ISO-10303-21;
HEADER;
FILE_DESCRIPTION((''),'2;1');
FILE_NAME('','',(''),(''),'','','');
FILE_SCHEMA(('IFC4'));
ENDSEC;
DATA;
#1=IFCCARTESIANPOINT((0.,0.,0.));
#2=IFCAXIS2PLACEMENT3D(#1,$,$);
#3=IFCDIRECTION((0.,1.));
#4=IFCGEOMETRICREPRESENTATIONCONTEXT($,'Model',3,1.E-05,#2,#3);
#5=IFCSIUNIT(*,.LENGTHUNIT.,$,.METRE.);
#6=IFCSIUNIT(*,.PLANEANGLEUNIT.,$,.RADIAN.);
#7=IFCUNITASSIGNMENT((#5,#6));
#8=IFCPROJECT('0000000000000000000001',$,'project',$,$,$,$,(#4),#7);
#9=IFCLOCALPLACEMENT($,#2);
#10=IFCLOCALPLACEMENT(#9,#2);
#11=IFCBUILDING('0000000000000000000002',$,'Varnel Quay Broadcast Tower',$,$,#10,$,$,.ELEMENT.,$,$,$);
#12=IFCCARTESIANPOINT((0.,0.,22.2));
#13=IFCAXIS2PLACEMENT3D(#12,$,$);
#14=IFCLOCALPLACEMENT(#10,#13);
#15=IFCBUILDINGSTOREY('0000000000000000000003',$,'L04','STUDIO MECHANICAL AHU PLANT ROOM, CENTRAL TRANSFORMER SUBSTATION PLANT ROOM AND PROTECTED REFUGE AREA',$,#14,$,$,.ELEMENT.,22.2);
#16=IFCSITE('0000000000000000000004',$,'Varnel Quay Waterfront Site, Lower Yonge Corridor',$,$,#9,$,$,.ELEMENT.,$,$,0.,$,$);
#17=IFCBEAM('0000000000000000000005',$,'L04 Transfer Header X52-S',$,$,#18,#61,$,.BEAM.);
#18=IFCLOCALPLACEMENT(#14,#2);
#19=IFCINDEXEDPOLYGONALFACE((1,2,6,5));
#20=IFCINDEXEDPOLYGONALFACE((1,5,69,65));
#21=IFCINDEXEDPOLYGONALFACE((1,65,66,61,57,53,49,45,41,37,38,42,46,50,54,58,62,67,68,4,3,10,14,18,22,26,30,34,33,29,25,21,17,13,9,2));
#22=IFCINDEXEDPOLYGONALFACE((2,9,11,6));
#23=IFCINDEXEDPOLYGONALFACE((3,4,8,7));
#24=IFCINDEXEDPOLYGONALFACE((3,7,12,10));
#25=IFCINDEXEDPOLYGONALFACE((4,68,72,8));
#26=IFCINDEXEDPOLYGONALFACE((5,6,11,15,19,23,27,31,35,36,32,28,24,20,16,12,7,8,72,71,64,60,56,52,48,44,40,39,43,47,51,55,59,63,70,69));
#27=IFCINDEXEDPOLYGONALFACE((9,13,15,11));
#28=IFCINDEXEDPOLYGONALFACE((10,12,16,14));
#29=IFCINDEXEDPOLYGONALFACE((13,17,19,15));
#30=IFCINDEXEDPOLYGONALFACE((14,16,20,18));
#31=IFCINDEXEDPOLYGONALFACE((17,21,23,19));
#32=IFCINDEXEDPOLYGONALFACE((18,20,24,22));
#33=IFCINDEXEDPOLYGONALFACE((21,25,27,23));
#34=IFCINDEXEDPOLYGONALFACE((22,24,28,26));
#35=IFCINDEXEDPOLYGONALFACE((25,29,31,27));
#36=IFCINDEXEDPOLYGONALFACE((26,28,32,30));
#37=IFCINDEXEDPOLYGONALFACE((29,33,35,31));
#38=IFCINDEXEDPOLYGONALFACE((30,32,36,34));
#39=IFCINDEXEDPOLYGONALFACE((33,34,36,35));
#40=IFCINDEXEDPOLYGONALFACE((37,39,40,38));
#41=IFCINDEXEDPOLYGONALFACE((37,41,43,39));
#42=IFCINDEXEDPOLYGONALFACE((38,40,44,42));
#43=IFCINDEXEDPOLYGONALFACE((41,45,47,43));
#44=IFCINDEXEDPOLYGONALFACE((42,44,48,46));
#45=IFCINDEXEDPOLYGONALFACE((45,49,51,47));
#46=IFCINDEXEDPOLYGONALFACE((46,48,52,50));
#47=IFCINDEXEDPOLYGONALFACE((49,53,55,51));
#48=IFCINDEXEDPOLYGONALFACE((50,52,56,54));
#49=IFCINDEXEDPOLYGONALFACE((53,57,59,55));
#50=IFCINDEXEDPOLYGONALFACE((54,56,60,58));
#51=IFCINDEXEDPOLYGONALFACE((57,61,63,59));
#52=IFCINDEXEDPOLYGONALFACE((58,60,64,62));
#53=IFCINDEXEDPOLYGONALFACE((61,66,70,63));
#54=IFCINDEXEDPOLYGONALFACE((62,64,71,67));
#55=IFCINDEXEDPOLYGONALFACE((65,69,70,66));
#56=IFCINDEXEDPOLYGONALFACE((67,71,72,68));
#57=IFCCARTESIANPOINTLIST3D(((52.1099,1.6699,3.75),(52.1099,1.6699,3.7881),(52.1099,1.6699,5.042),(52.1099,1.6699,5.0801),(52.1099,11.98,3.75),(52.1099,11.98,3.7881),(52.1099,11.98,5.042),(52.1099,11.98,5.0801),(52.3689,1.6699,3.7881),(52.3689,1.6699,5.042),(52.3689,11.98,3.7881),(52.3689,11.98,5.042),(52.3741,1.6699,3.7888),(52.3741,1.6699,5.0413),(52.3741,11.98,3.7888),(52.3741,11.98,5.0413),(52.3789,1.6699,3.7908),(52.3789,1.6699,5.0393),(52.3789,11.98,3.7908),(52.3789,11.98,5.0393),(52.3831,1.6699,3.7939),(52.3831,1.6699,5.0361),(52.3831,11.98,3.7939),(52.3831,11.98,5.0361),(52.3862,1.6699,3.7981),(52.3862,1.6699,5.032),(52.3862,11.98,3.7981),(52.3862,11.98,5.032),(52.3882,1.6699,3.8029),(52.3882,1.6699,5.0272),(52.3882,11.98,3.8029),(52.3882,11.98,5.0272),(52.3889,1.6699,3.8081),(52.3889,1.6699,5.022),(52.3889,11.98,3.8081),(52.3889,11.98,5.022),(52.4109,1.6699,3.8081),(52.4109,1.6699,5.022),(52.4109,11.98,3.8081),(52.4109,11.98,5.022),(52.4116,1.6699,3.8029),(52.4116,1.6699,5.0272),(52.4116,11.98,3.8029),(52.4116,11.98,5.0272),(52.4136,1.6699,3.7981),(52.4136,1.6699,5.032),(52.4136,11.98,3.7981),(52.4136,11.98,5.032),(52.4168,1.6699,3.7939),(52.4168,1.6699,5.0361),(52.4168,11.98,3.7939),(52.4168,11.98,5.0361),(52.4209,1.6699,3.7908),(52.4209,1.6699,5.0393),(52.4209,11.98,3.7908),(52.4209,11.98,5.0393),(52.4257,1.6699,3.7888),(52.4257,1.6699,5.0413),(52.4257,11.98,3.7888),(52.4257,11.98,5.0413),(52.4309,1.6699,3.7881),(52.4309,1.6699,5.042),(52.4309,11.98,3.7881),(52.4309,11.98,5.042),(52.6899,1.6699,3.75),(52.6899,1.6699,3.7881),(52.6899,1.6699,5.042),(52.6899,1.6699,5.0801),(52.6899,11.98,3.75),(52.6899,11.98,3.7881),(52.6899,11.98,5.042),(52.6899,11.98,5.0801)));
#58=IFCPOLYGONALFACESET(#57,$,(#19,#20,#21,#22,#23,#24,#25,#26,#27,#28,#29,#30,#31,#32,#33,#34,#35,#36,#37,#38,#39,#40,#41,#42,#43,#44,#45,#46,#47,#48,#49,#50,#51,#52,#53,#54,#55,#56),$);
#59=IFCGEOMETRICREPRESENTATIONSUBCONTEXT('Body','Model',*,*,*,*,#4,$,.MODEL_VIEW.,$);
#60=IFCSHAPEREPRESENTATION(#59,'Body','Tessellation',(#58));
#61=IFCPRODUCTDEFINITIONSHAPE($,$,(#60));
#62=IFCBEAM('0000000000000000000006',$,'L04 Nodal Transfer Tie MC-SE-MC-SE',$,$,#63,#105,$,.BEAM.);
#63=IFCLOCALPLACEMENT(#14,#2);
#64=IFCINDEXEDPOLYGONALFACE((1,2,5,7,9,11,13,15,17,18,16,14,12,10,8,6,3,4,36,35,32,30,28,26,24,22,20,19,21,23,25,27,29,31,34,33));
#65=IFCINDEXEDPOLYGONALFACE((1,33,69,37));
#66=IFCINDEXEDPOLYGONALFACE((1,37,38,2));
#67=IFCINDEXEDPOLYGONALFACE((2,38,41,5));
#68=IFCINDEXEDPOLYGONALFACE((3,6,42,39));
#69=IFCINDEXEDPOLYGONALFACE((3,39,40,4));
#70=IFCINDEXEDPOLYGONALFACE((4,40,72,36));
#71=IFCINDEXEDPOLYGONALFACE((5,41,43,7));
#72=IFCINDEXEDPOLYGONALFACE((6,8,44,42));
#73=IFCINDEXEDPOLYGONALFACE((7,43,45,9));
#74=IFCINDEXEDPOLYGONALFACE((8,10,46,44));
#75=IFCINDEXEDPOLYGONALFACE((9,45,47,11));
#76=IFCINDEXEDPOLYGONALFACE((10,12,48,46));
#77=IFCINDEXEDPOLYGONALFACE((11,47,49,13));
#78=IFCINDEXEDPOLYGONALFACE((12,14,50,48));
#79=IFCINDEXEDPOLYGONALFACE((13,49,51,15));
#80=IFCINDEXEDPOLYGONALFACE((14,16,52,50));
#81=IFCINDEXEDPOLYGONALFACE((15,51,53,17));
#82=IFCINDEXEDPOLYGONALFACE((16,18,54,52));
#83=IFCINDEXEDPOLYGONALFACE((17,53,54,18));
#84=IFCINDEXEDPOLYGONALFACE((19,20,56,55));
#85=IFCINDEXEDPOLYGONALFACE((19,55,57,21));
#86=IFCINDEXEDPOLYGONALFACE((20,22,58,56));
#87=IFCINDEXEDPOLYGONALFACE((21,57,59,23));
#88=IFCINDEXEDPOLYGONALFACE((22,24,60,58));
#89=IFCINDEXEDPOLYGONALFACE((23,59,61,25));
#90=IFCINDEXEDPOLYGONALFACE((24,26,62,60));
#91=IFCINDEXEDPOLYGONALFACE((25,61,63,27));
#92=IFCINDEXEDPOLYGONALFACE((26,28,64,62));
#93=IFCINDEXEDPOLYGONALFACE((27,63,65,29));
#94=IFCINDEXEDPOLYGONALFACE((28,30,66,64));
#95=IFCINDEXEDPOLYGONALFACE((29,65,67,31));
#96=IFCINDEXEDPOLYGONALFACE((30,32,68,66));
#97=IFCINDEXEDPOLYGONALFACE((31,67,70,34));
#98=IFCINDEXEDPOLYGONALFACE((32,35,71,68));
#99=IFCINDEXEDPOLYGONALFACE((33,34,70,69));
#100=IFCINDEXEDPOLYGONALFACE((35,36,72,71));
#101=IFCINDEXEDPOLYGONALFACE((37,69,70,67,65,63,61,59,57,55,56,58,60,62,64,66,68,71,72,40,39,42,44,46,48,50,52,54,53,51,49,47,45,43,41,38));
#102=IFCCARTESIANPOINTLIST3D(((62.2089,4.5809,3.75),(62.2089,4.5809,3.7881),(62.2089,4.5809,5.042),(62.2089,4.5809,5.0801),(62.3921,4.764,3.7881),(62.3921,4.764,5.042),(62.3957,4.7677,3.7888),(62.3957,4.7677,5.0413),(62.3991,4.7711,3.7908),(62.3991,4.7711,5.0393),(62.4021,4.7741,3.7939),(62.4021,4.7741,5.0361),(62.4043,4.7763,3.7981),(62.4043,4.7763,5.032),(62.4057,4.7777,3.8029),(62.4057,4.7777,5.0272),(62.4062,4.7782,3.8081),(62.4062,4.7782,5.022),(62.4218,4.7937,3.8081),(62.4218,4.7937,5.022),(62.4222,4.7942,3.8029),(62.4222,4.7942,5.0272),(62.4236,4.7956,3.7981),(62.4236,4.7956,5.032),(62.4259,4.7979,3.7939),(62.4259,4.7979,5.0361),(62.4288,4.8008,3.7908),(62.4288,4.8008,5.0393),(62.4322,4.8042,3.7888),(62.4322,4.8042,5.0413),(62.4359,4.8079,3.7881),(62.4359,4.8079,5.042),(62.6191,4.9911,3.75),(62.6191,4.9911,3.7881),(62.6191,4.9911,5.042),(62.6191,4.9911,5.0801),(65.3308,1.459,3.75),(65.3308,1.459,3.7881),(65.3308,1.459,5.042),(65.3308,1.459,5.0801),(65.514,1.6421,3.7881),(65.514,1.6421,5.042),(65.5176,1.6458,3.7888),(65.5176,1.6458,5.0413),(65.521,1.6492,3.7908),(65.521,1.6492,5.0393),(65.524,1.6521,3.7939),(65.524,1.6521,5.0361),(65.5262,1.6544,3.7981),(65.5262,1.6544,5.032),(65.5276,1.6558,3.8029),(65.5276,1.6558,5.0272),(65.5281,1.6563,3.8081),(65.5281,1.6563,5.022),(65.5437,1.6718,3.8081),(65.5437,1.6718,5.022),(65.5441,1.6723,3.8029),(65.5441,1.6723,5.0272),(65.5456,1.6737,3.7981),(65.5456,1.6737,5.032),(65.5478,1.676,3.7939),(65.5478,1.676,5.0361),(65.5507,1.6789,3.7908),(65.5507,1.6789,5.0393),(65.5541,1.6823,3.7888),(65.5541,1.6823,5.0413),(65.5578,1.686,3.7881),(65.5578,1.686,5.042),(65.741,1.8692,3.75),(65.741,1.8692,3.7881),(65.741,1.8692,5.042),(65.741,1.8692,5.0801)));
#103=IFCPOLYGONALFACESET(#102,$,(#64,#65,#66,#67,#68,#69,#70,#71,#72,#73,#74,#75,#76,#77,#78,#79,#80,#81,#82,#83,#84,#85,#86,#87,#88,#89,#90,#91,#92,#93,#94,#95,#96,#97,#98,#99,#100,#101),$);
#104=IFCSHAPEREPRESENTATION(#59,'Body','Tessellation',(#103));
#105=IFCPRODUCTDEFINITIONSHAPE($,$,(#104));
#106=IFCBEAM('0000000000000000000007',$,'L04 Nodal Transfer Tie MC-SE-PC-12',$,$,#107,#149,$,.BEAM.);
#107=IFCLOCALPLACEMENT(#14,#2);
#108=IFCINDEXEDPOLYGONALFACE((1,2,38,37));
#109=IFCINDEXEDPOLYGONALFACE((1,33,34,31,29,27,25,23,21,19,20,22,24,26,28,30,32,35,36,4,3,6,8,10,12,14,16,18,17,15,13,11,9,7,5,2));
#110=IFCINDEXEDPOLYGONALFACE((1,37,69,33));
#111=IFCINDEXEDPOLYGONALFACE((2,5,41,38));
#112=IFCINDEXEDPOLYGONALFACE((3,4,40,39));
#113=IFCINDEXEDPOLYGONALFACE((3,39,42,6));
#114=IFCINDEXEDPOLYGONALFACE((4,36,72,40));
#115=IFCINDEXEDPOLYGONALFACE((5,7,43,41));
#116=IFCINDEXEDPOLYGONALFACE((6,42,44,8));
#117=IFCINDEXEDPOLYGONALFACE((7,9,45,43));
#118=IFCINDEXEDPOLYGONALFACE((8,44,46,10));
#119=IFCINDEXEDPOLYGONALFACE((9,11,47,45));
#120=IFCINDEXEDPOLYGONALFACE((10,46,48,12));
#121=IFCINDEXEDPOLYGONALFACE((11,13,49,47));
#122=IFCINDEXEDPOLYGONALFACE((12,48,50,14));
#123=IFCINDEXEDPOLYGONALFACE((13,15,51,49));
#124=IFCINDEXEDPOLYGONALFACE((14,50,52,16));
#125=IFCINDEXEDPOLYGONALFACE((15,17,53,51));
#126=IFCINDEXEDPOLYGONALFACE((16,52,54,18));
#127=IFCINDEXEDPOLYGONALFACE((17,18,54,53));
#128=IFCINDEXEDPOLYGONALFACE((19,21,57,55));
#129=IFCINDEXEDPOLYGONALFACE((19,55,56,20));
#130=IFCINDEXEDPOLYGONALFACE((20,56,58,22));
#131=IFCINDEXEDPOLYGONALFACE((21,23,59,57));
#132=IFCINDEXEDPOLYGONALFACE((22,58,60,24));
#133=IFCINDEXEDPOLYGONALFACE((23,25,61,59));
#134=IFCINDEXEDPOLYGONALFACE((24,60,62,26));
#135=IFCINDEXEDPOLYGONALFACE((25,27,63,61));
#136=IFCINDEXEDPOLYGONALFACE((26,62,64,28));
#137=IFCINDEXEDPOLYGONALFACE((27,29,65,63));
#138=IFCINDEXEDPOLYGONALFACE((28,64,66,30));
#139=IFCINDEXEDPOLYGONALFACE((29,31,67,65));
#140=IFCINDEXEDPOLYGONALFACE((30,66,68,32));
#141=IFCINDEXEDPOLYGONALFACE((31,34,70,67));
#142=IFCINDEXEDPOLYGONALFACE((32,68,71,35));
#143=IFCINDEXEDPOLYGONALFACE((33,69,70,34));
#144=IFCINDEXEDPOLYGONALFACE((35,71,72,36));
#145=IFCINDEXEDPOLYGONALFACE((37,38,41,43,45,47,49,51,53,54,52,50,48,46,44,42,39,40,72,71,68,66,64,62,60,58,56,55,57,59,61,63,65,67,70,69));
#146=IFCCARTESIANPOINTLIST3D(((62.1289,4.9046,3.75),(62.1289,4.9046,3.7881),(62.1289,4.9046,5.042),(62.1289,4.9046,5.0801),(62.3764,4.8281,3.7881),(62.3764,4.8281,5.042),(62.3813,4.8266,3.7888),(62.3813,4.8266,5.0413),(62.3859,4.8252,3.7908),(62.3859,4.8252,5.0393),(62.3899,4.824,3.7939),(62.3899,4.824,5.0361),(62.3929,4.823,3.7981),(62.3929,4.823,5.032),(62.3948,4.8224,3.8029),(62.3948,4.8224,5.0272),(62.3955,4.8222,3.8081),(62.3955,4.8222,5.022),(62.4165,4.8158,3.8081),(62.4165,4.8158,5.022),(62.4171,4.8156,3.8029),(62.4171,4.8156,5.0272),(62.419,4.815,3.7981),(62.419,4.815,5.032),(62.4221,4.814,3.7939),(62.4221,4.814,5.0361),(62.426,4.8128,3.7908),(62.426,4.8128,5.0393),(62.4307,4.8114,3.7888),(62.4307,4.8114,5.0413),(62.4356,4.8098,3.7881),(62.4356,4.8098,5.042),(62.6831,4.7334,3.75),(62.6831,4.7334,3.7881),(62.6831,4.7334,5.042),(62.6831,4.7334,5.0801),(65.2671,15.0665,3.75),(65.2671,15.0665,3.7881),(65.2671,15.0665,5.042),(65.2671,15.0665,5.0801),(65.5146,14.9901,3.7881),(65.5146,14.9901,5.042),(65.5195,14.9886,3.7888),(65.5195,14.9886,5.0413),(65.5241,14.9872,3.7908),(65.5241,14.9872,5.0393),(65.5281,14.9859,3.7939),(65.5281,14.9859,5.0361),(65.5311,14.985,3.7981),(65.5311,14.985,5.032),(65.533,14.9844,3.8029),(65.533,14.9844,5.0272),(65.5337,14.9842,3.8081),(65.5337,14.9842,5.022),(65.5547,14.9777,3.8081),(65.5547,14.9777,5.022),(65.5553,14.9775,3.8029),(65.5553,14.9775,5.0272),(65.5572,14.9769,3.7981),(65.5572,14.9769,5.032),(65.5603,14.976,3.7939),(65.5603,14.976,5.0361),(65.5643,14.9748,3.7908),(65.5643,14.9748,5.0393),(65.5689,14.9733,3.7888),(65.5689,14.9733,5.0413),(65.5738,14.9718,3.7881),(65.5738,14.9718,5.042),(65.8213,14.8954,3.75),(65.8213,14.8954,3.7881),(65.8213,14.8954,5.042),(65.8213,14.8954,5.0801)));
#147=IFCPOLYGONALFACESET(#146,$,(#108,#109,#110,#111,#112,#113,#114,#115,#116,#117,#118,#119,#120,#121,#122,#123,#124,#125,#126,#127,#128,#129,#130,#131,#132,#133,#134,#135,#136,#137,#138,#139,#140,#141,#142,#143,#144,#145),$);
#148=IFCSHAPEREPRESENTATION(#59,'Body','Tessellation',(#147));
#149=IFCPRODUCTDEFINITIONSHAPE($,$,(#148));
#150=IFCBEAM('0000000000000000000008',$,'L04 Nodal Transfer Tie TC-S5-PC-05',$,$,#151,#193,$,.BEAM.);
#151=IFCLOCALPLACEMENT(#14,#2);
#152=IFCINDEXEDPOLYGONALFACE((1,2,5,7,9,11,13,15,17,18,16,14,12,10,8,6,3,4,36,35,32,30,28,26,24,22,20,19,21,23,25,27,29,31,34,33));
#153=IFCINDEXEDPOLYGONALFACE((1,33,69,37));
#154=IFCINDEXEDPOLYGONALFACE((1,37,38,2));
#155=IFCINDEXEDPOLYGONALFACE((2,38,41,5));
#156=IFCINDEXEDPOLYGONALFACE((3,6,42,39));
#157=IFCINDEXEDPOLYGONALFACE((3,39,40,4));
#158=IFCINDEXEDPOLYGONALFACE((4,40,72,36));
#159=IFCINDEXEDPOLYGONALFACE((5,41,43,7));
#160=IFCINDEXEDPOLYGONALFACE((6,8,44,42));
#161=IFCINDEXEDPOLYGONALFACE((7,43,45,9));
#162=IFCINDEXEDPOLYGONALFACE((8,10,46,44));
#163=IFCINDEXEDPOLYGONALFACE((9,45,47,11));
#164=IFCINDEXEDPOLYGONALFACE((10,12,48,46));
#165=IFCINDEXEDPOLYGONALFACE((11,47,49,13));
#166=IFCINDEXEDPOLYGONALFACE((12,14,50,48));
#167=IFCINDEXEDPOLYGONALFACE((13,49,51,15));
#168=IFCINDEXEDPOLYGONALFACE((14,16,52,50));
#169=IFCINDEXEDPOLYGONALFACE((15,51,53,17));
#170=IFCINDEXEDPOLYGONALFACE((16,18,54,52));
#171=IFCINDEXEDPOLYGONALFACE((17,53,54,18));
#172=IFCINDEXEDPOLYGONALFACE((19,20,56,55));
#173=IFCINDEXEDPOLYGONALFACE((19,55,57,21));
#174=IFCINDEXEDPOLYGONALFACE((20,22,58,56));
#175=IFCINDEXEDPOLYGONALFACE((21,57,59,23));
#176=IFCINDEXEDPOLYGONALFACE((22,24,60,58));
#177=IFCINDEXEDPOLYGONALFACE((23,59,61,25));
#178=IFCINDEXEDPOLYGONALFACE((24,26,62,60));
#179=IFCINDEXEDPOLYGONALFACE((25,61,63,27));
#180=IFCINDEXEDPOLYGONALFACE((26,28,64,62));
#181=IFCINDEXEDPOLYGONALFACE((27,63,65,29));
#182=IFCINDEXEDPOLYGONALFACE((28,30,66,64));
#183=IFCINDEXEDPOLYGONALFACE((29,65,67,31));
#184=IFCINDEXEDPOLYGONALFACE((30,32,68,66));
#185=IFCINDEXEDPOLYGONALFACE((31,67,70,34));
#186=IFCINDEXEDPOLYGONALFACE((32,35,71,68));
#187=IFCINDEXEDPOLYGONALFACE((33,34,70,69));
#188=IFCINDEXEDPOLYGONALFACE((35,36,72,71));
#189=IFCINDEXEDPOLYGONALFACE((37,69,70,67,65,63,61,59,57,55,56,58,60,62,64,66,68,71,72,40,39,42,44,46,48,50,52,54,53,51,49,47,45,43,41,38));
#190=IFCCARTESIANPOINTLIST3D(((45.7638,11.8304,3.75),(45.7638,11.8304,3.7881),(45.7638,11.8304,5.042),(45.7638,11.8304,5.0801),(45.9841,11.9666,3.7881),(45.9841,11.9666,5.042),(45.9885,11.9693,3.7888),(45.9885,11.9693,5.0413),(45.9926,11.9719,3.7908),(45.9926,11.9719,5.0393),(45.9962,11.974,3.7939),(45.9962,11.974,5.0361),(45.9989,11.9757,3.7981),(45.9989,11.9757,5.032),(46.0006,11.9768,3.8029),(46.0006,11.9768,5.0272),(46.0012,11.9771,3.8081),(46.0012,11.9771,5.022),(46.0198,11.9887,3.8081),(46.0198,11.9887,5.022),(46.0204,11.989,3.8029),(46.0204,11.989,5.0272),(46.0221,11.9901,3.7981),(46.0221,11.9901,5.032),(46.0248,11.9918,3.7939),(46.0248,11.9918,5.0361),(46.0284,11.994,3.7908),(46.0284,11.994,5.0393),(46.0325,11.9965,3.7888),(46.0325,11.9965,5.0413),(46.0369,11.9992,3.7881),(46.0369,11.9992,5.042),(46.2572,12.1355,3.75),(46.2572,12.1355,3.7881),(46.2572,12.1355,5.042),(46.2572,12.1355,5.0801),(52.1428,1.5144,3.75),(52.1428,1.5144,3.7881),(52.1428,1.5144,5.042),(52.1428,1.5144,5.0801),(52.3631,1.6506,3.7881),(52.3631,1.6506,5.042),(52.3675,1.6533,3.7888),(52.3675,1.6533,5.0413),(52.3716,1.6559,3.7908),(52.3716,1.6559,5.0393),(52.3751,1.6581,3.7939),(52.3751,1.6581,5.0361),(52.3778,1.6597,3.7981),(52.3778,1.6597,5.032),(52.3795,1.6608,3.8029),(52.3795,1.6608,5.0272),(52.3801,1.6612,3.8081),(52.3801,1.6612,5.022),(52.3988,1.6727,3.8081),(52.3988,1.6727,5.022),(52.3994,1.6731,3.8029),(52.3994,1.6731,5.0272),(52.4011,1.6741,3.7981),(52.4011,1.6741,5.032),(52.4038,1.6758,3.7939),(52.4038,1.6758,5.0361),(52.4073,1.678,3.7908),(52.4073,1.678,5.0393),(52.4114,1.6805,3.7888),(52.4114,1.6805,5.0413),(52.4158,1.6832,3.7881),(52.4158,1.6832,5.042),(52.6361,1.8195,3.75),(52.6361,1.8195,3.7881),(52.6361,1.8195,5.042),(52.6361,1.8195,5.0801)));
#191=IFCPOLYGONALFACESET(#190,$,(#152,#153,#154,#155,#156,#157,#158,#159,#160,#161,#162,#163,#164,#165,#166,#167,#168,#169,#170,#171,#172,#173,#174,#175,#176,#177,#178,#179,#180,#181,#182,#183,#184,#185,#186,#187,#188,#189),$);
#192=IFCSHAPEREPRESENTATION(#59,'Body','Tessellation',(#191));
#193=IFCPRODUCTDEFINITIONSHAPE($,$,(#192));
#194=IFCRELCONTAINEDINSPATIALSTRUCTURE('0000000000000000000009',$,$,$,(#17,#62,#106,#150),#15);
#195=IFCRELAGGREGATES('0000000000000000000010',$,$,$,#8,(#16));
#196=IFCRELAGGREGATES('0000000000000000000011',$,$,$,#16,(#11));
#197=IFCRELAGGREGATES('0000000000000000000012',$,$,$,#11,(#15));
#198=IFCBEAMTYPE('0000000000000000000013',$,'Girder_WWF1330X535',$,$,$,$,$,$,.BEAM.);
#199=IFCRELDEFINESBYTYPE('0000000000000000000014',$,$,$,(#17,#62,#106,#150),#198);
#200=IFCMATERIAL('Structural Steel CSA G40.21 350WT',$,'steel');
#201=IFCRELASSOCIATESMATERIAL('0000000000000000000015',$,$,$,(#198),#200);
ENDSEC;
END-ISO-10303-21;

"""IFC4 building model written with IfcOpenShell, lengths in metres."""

from ifc_helpers import new_model, si_unit, direction, frame, origin, origin_2d, place, context, subcontext, project, spatial, i_section, extrude, source, transform, mapped, material, material_profile, profile_set, type_object, element, save


model = new_model("IFC4")

# Units and contexts
model_context = context("Model", 3, precision=1e-05, world=origin(), true_north=direction((0.0, 1.0)))
body_context = subcontext(model_context, "Body", "Model", "MODEL_VIEW")
ifc_project = project(units=[si_unit("LENGTHUNIT", "METRE"), si_unit("PLANEANGLEUNIT", "RADIAN")], contexts=[model_context])

# Site, building, storey
site_placement = place(None, origin())
site = spatial("IfcSite", under=ifc_project, at=site_placement, Name="Varnel Quay Waterfront Site, Lower Yonge Corridor", CompositionType="ELEMENT", RefElevation=0.0)
building_placement = place(site_placement, origin())
building = spatial("IfcBuilding", under=site, at=building_placement, Name="Varnel Quay Broadcast Tower", CompositionType="ELEMENT")
storey_placement = place(building_placement, frame((0.0, 0.0, 22.2)))
storey = spatial("IfcBuildingStorey", under=building, at=storey_placement, Name="L04", Description="STUDIO MECHANICAL AHU PLANT ROOM, CENTRAL TRANSFORMER SUBSTATION PLANT ROOM AND PROTECTED REFUGE AREA", CompositionType="ELEMENT", Elevation=22.2)

# Shared definitions
ifc_material_1 = material(Name="Structural Steel CSA G40.21 350WT", Category="steel")

# Beams
ifc_material_profile_1 = material_profile(ifc_material_1, i_section(OverallWidth=0.5801, OverallDepth=1.3301, WebThickness=0.022, FlangeThickness=0.0381, FilletRadius=0.02, at=origin_2d()), Name="WWF1330X535")
ifc_profile_set_1 = profile_set([ifc_material_profile_1], Name="Structural Steel CSA G40.21 350WT")
beam_type_1 = type_object("IfcBeamType", Name="Girder_WWF1330X535", PredefinedType="BEAM", material=ifc_profile_set_1)
shared_shape_1 = source(origin(), body_context, "Body", "SweptSolid", [
    extrude(i_section(OverallWidth=0.5801, OverallDepth=1.3301, WebThickness=0.022, FlangeThickness=0.0381, FilletRadius=0.02, at=origin_2d()), origin(), (0.0, 0.0, 1.0), 10.3101),
])
for number, where, z_axis, x_axis, name in (
    (1, (52.3999, 1.6699, 4.415), (0.0, 1.0, 0.0), (-1.0, 0.0, 0.0), "L04 Transfer Header X52-S"),
):
    element("IfcBeam", number, at=place(storey_placement, frame(where, z_axis=z_axis, x_axis=x_axis)), inside=storey, type_object=beam_type_1, Name=name, PredefinedType="BEAM", context=body_context, shape_type="MappedRepresentation", body=[
        mapped(shared_shape_1, transform((0.0, 0.0, 0.0), x_axis=(1.0, 0.0, 0.0), y_axis=(0.0, 1.0, 0.0), z_axis=(0.0, 0.0, 1.0), scale=1.0)),
    ])
shared_shape_2 = source(origin(), body_context, "Body", "SweptSolid", [
    extrude(i_section(OverallWidth=0.5801, OverallDepth=1.3301, WebThickness=0.022, FlangeThickness=0.0381, FilletRadius=0.02, at=origin_2d()), origin(), (0.0, 0.0, 1.0), 4.415),
])
beam_1_placement = place(storey_placement, frame((65.5359, 1.6641, 4.415), z_axis=(-0.707107, 0.707107, 0.0), x_axis=(-0.707107, -0.707107, 0.0)))
element("IfcBeam", 2, at=beam_1_placement, inside=storey, type_object=beam_type_1, Name="L04 Nodal Transfer Tie MC-SE-MC-SE", PredefinedType="BEAM", context=body_context, shape_type="MappedRepresentation", body=[
    mapped(shared_shape_2, transform((0.0, 0.0, 0.0), x_axis=(1.0, 0.0, 0.0), y_axis=(0.0, 1.0, 0.0), z_axis=(0.0, 0.0, 1.0), scale=1.0)),
])
shared_shape_3 = source(origin(), body_context, "Body", "SweptSolid", [
    extrude(i_section(OverallWidth=0.5801, OverallDepth=1.3301, WebThickness=0.022, FlangeThickness=0.0381, FilletRadius=0.02, at=origin_2d()), origin(), (0.0, 0.0, 1.0), 10.6355),
])
beam_2_placement = place(storey_placement, frame((65.5442, 14.981, 4.415), z_axis=(-0.29507, -0.955476, 0.0), x_axis=(0.955476, -0.29507, 0.0)))
element("IfcBeam", 3, at=beam_2_placement, inside=storey, type_object=beam_type_1, Name="L04 Nodal Transfer Tie MC-SE-PC-12", PredefinedType="BEAM", context=body_context, shape_type="MappedRepresentation", body=[
    mapped(shared_shape_3, transform((0.0, 0.0, 0.0), x_axis=(1.0, 0.0, 0.0), y_axis=(0.0, 1.0, 0.0), z_axis=(0.0, 0.0, 1.0), scale=1.0)),
])
shared_shape_4 = source(origin(), body_context, "Body", "SweptSolid", [
    extrude(i_section(OverallWidth=0.5801, OverallDepth=1.3301, WebThickness=0.022, FlangeThickness=0.0381, FilletRadius=0.02, at=origin_2d()), origin(), (0.0, 0.0, 1.0), 12.1289),
])
beam_3_placement = place(storey_placement, frame((46.0105, 11.9829, 4.415), z_axis=(0.525929, -0.850528, 0.0), x_axis=(0.850528, 0.525929, 0.0)))
element("IfcBeam", 4, at=beam_3_placement, inside=storey, type_object=beam_type_1, Name="L04 Nodal Transfer Tie TC-S5-PC-05", PredefinedType="BEAM", context=body_context, shape_type="MappedRepresentation", body=[
    mapped(shared_shape_4, transform((0.0, 0.0, 0.0), x_axis=(1.0, 0.0, 0.0), y_axis=(0.0, 1.0, 0.0), z_axis=(0.0, 0.0, 1.0), scale=1.0)),
])

save(model, "model.ifc")
